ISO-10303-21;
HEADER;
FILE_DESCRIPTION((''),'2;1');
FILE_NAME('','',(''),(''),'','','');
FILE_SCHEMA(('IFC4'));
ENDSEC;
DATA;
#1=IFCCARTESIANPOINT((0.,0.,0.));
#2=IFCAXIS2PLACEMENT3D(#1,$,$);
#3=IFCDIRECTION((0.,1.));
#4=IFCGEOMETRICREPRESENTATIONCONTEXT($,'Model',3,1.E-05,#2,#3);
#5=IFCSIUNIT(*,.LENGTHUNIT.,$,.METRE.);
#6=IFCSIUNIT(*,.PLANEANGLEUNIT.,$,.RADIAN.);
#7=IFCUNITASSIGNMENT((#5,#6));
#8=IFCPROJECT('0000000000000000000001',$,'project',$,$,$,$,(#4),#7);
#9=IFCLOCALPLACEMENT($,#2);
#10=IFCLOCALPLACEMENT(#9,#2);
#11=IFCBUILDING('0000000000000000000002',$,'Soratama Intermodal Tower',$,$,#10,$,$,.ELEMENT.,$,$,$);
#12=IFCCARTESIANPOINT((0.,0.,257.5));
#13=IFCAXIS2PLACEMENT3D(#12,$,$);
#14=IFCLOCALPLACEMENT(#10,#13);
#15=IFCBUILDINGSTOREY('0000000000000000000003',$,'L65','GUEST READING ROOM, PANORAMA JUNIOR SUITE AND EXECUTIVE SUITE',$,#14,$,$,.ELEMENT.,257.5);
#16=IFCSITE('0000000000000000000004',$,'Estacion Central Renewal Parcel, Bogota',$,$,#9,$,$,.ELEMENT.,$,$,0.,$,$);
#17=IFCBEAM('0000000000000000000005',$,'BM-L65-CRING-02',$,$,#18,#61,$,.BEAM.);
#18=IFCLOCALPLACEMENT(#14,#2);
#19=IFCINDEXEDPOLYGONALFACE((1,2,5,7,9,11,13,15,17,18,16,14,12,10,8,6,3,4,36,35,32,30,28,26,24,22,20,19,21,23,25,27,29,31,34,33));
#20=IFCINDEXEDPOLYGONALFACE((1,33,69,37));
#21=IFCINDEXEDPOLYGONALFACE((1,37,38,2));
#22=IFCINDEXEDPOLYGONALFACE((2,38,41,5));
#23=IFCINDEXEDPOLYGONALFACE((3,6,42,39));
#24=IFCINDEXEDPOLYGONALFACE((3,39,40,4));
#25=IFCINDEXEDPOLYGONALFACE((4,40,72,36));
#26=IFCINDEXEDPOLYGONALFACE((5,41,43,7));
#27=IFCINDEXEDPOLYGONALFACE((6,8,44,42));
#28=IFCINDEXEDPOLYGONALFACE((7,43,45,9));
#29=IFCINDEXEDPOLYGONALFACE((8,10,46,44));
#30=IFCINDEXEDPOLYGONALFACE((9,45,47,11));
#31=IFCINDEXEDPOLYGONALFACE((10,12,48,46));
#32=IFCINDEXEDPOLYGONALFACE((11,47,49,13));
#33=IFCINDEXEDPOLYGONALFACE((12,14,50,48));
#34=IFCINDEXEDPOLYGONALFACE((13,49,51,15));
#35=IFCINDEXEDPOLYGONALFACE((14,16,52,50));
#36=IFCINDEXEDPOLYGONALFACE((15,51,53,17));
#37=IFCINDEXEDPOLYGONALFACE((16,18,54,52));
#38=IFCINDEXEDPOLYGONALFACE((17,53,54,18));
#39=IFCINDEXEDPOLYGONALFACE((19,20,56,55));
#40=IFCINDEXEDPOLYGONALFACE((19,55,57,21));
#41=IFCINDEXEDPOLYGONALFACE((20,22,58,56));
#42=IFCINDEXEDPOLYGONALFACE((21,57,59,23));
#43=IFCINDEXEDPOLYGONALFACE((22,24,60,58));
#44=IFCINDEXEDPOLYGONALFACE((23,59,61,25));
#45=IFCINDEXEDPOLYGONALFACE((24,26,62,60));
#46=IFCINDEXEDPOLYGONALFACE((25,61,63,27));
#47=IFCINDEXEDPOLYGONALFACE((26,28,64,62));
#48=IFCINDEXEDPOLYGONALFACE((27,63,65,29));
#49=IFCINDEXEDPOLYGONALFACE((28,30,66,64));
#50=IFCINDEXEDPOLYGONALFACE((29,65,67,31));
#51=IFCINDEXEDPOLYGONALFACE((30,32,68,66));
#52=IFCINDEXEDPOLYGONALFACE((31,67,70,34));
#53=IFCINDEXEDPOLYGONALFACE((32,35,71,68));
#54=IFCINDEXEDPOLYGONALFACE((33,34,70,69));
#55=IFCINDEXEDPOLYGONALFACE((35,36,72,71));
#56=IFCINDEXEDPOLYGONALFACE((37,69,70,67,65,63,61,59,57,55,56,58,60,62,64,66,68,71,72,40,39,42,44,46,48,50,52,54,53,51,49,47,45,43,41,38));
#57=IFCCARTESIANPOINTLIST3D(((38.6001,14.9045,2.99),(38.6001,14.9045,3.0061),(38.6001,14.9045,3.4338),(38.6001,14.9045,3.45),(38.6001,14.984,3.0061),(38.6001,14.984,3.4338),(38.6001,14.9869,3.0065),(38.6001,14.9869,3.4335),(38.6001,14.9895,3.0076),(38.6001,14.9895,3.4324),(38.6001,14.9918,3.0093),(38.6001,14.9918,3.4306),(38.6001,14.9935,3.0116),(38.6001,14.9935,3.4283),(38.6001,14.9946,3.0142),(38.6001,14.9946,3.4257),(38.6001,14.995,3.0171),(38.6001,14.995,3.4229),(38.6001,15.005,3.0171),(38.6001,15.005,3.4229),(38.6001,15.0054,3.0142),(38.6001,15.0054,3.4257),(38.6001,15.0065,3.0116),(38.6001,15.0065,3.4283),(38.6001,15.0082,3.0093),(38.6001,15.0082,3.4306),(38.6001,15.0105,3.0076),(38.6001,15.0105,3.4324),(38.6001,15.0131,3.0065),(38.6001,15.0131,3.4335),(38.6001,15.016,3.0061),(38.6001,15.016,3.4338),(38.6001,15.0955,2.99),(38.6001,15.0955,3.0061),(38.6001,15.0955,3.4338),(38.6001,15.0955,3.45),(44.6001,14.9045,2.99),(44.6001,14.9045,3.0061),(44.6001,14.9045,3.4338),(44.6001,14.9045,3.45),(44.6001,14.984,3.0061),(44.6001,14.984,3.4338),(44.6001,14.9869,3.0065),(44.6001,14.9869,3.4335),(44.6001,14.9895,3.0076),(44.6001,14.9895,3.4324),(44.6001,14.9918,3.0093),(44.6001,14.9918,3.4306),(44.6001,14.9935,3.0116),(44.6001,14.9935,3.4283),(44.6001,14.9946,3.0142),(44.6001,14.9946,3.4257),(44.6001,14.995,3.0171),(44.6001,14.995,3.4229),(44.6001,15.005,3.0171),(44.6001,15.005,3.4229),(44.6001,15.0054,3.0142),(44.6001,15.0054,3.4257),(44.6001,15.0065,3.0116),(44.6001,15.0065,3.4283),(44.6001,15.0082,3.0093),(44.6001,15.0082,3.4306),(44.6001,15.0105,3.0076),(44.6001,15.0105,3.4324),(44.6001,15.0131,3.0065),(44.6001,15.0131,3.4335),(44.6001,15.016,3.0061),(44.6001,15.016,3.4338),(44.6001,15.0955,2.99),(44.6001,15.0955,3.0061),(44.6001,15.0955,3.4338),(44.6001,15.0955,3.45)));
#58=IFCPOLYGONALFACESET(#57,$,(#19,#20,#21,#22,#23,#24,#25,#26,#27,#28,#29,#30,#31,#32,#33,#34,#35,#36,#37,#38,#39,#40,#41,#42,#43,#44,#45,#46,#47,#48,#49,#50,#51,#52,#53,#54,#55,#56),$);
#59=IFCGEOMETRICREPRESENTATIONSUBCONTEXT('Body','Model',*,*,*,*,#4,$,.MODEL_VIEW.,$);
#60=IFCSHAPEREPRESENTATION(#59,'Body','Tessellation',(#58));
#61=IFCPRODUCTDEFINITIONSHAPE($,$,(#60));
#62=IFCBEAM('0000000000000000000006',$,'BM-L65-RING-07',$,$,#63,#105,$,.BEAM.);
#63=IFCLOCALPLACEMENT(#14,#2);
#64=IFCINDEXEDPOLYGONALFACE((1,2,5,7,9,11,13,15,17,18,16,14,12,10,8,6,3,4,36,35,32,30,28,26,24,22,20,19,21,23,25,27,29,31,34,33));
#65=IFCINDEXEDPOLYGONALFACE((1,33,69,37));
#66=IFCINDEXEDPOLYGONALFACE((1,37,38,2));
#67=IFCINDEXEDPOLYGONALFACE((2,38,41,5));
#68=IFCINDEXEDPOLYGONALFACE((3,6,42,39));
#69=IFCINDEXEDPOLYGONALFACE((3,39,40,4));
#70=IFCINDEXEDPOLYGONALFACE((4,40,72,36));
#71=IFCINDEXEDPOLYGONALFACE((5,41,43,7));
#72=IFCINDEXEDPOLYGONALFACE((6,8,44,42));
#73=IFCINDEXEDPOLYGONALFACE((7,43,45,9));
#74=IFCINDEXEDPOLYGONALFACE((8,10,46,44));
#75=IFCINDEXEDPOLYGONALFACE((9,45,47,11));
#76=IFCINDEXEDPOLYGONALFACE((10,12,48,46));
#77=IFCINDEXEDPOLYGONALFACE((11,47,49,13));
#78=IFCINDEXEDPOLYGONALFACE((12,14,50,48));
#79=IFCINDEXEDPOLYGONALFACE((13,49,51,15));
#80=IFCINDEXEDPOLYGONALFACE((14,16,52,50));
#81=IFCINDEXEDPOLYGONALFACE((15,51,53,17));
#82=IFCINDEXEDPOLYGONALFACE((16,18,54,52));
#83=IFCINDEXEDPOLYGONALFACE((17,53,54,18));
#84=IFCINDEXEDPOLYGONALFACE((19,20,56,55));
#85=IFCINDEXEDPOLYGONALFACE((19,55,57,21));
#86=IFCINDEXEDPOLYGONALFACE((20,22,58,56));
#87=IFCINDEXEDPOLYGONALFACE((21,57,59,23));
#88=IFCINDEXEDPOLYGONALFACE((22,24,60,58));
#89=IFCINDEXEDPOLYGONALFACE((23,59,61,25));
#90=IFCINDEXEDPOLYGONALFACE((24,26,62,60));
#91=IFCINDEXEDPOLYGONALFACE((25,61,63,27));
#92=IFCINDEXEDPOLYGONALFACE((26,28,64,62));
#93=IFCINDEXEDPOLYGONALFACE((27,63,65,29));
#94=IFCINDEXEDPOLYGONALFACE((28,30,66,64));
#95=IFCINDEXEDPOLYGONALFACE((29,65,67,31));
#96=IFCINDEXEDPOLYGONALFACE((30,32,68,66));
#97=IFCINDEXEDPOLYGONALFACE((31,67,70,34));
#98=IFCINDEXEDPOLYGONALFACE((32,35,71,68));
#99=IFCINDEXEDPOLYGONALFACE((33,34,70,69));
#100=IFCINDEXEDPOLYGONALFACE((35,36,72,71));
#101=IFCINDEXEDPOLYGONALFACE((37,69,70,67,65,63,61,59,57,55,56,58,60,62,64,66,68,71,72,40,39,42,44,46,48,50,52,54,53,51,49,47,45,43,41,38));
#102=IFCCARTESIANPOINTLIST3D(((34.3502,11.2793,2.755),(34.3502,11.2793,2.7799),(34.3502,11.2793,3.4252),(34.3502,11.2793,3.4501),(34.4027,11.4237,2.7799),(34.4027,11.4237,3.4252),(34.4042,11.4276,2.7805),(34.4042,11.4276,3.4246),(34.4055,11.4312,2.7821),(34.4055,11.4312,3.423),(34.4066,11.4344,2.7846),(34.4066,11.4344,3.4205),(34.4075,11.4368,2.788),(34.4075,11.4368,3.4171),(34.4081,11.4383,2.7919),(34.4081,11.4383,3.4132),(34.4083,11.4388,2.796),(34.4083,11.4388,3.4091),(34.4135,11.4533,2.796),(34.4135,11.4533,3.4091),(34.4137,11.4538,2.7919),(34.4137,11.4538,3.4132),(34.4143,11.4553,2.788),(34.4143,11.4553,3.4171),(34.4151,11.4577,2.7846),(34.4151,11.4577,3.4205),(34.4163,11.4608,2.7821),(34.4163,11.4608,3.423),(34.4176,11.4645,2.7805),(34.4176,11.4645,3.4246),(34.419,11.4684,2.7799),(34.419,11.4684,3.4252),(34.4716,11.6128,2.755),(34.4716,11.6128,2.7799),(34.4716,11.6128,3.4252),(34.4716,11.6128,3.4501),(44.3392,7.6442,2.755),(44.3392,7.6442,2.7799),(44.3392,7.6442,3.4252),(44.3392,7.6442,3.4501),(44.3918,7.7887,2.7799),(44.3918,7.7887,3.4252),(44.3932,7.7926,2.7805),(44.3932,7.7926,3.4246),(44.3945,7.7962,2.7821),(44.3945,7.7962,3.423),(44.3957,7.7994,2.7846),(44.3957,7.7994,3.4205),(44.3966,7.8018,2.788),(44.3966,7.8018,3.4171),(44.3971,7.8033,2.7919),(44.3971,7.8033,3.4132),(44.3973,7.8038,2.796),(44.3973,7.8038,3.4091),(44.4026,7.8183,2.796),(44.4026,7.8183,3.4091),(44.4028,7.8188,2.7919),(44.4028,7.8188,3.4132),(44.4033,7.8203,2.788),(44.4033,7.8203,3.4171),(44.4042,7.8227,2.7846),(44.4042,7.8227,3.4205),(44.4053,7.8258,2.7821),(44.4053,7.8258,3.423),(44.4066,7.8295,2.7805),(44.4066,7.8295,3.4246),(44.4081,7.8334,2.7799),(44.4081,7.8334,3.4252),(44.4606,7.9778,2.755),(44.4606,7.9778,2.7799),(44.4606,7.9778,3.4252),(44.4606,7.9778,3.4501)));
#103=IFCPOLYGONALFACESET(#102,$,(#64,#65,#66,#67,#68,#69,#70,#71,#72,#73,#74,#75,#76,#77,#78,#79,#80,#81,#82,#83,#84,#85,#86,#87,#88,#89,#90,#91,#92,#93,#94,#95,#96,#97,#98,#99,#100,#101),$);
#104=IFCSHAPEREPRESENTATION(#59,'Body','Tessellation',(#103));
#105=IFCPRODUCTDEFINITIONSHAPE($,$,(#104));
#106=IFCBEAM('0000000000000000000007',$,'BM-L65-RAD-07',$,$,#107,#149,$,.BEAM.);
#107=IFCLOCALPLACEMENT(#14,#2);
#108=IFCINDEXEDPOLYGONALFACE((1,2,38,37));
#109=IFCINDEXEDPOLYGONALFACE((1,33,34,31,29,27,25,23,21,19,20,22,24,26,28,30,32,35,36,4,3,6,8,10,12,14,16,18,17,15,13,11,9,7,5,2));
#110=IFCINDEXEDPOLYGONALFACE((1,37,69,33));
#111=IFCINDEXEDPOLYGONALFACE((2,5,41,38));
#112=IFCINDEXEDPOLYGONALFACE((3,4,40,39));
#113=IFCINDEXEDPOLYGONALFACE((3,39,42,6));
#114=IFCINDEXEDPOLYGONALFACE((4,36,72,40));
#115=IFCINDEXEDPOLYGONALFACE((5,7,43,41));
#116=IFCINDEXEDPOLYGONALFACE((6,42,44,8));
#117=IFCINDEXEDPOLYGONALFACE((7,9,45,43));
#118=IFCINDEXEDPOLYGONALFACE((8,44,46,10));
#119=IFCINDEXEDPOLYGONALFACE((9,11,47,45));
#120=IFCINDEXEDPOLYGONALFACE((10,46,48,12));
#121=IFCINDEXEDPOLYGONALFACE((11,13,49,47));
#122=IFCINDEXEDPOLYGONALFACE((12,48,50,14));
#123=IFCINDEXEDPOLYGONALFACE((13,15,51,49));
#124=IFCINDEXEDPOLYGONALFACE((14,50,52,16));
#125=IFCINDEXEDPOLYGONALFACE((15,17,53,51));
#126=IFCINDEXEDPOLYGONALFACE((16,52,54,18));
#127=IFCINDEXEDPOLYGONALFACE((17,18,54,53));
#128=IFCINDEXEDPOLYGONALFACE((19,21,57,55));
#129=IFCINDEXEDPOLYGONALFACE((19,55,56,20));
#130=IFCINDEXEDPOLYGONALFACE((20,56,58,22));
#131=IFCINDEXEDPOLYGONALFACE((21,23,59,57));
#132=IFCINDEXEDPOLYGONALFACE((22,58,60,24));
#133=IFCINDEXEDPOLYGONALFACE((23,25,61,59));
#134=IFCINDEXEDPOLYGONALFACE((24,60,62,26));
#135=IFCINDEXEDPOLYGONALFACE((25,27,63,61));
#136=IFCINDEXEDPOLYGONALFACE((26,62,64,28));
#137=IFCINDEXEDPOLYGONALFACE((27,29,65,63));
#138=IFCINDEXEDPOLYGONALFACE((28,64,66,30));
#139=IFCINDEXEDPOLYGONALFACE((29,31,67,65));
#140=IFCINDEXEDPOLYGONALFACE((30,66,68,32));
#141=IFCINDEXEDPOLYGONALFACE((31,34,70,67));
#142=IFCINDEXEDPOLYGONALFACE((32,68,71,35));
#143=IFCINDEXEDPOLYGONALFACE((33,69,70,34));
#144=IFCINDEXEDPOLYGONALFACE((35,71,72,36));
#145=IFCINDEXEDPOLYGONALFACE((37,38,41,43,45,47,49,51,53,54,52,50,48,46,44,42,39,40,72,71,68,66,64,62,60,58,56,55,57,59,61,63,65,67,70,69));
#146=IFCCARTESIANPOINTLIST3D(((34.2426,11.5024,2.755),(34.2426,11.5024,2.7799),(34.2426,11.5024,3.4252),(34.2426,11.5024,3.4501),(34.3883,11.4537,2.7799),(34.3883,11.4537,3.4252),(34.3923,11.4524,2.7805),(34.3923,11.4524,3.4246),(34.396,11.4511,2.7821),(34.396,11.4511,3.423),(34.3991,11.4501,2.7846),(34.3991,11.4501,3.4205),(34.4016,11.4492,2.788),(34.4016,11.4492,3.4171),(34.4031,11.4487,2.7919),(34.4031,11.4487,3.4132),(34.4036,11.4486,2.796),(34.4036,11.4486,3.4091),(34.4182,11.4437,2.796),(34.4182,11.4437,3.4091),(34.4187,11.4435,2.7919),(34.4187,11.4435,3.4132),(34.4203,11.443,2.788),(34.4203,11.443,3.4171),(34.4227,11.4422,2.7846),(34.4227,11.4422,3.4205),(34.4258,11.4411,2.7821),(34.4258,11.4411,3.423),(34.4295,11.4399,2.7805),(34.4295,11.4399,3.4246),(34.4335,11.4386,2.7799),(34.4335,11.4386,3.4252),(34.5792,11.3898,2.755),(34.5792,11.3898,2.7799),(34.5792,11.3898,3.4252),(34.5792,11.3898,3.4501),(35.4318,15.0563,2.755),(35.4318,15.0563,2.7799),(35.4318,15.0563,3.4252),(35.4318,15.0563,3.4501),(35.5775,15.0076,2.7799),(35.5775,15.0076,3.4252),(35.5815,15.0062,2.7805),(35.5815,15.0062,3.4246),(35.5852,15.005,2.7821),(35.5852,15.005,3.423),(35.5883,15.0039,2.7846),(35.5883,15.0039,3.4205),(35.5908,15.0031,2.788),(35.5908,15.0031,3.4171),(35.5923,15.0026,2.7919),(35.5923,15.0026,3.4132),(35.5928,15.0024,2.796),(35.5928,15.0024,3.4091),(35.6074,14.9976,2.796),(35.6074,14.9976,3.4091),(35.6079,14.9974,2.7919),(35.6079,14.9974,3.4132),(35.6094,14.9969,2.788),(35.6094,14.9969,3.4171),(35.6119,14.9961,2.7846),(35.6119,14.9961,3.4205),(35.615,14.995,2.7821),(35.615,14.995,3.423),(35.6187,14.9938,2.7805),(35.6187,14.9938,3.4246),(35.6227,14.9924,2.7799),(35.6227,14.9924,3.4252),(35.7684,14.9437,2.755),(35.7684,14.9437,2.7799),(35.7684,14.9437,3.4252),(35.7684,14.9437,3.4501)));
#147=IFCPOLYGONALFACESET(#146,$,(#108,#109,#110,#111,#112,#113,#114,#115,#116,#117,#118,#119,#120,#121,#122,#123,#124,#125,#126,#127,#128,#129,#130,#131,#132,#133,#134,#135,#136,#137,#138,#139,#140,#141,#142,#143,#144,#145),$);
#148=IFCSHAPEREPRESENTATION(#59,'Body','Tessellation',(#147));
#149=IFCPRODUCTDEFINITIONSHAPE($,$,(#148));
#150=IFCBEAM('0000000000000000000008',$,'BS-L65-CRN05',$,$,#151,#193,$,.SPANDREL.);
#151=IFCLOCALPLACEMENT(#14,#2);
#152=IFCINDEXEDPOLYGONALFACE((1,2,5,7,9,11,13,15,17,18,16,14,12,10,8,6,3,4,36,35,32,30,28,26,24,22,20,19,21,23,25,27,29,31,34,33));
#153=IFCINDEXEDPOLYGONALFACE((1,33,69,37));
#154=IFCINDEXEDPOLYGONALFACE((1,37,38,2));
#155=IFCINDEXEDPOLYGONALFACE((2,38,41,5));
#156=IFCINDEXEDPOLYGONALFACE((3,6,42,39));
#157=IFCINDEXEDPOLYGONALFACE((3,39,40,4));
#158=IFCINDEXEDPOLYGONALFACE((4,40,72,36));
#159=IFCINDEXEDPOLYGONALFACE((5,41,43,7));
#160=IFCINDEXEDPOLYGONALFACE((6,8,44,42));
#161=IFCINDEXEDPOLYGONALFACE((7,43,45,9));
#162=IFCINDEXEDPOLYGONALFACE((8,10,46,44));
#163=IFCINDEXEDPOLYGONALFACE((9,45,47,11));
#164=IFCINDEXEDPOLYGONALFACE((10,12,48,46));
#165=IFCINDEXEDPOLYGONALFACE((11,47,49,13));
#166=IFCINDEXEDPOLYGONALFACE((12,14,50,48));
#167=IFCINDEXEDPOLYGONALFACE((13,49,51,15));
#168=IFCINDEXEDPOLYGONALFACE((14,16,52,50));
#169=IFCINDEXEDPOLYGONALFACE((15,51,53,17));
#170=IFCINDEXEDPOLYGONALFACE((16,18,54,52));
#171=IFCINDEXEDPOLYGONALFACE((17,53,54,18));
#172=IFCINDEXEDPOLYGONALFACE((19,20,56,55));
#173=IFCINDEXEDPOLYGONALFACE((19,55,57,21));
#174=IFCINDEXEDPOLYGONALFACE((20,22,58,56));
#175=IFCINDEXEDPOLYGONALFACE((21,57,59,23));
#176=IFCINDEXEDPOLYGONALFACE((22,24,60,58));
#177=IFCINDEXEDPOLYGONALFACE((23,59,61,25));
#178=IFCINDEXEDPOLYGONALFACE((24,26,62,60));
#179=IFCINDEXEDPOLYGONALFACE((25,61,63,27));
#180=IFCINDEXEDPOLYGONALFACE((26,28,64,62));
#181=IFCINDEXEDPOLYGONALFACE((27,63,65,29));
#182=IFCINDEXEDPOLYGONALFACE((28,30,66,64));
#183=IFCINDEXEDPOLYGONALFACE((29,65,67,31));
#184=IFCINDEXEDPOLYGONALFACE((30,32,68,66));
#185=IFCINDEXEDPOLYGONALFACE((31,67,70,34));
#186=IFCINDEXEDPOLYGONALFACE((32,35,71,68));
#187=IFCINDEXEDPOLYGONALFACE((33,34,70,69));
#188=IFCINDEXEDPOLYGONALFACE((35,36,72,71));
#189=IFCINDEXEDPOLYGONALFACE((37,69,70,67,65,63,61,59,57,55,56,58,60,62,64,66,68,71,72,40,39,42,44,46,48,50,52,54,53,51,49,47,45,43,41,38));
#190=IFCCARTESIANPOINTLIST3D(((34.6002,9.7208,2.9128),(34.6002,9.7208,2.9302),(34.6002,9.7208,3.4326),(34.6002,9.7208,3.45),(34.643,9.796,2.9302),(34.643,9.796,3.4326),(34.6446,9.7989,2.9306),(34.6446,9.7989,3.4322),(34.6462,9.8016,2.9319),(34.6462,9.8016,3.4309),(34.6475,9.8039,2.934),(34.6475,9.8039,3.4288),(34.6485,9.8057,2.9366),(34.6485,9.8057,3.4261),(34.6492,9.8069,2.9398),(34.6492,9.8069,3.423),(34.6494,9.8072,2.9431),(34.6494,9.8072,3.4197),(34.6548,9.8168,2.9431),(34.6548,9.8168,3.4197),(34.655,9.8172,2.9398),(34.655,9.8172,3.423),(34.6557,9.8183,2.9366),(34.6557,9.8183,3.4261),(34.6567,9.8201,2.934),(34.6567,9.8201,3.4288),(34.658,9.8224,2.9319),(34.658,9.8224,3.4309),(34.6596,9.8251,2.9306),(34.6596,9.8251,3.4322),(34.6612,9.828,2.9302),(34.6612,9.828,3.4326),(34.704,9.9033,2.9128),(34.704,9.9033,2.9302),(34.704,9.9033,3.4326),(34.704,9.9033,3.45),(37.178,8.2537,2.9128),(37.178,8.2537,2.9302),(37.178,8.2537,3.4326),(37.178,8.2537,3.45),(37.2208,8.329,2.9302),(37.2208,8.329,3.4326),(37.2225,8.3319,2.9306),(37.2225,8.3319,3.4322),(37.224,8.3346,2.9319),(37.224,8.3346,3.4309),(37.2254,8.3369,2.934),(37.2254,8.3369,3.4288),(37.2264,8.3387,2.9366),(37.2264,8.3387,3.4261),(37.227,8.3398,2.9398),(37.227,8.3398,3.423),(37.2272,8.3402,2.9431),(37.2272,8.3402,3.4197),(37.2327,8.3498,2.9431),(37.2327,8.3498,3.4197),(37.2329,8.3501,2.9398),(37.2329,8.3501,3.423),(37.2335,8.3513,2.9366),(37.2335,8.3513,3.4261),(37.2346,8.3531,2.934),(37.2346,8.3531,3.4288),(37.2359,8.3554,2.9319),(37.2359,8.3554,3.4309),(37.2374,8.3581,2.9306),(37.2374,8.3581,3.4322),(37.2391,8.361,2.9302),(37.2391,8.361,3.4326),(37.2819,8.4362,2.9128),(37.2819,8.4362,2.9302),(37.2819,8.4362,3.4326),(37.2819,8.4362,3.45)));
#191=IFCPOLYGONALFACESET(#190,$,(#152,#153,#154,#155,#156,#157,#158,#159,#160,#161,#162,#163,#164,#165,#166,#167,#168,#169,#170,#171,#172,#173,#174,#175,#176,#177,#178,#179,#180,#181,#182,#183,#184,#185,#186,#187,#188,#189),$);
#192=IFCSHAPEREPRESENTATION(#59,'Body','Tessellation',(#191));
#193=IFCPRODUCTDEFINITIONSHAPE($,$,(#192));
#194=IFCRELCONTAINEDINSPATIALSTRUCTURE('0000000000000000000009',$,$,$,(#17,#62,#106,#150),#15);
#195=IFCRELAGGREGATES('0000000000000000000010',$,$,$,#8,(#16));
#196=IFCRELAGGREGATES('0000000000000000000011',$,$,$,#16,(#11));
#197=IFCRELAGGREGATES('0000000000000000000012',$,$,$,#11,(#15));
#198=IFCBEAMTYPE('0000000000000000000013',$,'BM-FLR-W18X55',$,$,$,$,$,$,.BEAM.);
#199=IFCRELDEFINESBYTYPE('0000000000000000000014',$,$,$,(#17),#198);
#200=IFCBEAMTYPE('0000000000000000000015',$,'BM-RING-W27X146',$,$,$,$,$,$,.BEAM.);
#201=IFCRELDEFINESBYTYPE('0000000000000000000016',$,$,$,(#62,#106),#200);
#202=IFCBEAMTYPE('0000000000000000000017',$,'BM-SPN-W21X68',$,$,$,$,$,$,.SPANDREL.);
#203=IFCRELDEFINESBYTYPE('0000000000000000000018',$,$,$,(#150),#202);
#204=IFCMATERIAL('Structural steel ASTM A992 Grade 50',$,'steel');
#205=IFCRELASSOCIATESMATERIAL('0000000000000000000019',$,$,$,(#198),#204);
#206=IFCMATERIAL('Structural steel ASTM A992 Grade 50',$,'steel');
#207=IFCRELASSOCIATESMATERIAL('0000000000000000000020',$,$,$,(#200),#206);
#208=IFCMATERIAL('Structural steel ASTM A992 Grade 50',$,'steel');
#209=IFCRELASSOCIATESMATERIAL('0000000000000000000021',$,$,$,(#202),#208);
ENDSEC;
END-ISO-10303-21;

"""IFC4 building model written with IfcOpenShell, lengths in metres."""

from ifc_helpers import new_model, si_unit, direction, frame, origin, origin_2d, place, context, subcontext, project, spatial, i_section, extrude, material, material_profile, profile_set, type_object, element, save


model = new_model("IFC4")

# Units and contexts
model_context = context("Model", 3, precision=1e-05, world=origin(), true_north=direction((0.0, 1.0)))
body_context = subcontext(model_context, "Body", "Model", "MODEL_VIEW")
ifc_project = project(units=[si_unit("LENGTHUNIT", "METRE"), si_unit("PLANEANGLEUNIT", "RADIAN")], contexts=[model_context])

# Site, building, storey
site_placement = place(None, origin())
site = spatial("IfcSite", under=ifc_project, at=site_placement, Name="Estacion Central Renewal Parcel, Bogota", CompositionType="ELEMENT", RefElevation=0.0)
building_placement = place(site_placement, origin())
building = spatial("IfcBuilding", under=site, at=building_placement, Name="Soratama Intermodal Tower", CompositionType="ELEMENT")
storey_placement = place(building_placement, frame((0.0, 0.0, 257.5)))
storey = spatial("IfcBuildingStorey", under=building, at=storey_placement, Name="L65", Description="GUEST READING ROOM, PANORAMA JUNIOR SUITE AND EXECUTIVE SUITE", CompositionType="ELEMENT", Elevation=257.5)

# Beams
ifc_material_1 = material(Name="Structural steel ASTM A992 Grade 50", Category="steel")
ifc_material_profile_1 = material_profile(ifc_material_1, i_section(OverallWidth=0.1909, OverallDepth=0.46, WebThickness=0.01, FlangeThickness=0.0161, FilletRadius=0.011, at=origin_2d()), Name="W18X55")
ifc_profile_set_1 = profile_set([ifc_material_profile_1], Name="Structural steel ASTM A992 Grade 50")
beam_type_1 = type_object("IfcBeamType", Name="BM-FLR-W18X55", PredefinedType="BEAM", material=ifc_profile_set_1)
beam_1_placement = place(storey_placement, frame((38.6001, 15.0, 3.22), z_axis=(1.0, 0.0, 0.0), x_axis=(0.0, 1.0, 0.0)))
element("IfcBeam", 1, at=beam_1_placement, inside=storey, type_object=beam_type_1, Name="BM-L65-CRING-02", PredefinedType="BEAM", context=body_context, shape_type="SweptSolid", body=[
    extrude(i_section(OverallWidth=0.1909, OverallDepth=0.46, WebThickness=0.01, FlangeThickness=0.0161, FilletRadius=0.011, at=origin_2d()), origin(), (0.0, 0.0, 1.0), 6.0),
])
ifc_material_2 = material(Name="Structural steel ASTM A992 Grade 50", Category="steel")
ifc_material_profile_2 = material_profile(ifc_material_2, i_section(OverallWidth=0.355, OverallDepth=0.6951, WebThickness=0.0154, FlangeThickness=0.0249, FilletRadius=0.0161, at=origin_2d()), Name="W27X146")
ifc_profile_set_2 = profile_set([ifc_material_profile_2], Name="Structural steel ASTM A992 Grade 50")
beam_type_2 = type_object("IfcBeamType", Name="BM-RING-W27X146", PredefinedType="BEAM", material=ifc_profile_set_2)
beam_2_placement = place(storey_placement, frame((34.4109, 11.446, 3.1025), z_axis=(0.939714, -0.341963, 0.0), x_axis=(0.341963, 0.939714, 0.0)))
element("IfcBeam", 2, at=beam_2_placement, inside=storey, type_object=beam_type_2, Name="BM-L65-RING-07", PredefinedType="BEAM", context=body_context, shape_type="SweptSolid", body=[
    extrude(i_section(OverallWidth=0.355, OverallDepth=0.6951, WebThickness=0.0154, FlangeThickness=0.0249, FilletRadius=0.0161, at=origin_2d()), origin(), (0.0, 0.0, 1.0), 10.6299),
])
beam_3_placement = place(storey_placement, frame((35.6001, 15.0, 3.1025), z_axis=(-0.317322, -0.948318, 0.0), x_axis=(0.948318, -0.317322, 0.0)))
element("IfcBeam", 3, at=beam_3_placement, inside=storey, type_object=beam_type_2, Name="BM-L65-RAD-07", PredefinedType="BEAM", context=body_context, shape_type="SweptSolid", body=[
    extrude(i_section(OverallWidth=0.355, OverallDepth=0.6951, WebThickness=0.0154, FlangeThickness=0.0249, FilletRadius=0.0161, at=origin_2d()), origin(), (0.0, 0.0, 1.0), 3.7476),
])
ifc_material_3 = material(Name="Structural steel ASTM A992 Grade 50", Category="steel")
ifc_material_profile_3 = material_profile(ifc_material_3, i_section(OverallWidth=0.21, OverallDepth=0.5371, WebThickness=0.011, FlangeThickness=0.0173, FilletRadius=0.0129, at=origin_2d()), Name="W21X68")
ifc_profile_set_3 = profile_set([ifc_material_profile_3], Name="Structural steel ASTM A992 Grade 50")
beam_type_3 = type_object("IfcBeamType", Name="BM-SPN-W21X68", PredefinedType="SPANDREL", material=ifc_profile_set_3)
beam_4_placement = place(storey_placement, frame((34.6521, 9.812, 3.1814), z_axis=(0.869118, -0.494605, 0.0), x_axis=(0.494605, 0.869118, 0.0)))
element("IfcBeam", 4, at=beam_4_placement, inside=storey, type_object=beam_type_3, Name="BS-L65-CRN05", PredefinedType="SPANDREL", context=body_context, shape_type="SweptSolid", body=[
    extrude(i_section(OverallWidth=0.21, OverallDepth=0.5371, WebThickness=0.011, FlangeThickness=0.0173, FilletRadius=0.0129, at=origin_2d()), origin(), (0.0, 0.0, 1.0), 2.9661),
])

save(model, "model.ifc")
